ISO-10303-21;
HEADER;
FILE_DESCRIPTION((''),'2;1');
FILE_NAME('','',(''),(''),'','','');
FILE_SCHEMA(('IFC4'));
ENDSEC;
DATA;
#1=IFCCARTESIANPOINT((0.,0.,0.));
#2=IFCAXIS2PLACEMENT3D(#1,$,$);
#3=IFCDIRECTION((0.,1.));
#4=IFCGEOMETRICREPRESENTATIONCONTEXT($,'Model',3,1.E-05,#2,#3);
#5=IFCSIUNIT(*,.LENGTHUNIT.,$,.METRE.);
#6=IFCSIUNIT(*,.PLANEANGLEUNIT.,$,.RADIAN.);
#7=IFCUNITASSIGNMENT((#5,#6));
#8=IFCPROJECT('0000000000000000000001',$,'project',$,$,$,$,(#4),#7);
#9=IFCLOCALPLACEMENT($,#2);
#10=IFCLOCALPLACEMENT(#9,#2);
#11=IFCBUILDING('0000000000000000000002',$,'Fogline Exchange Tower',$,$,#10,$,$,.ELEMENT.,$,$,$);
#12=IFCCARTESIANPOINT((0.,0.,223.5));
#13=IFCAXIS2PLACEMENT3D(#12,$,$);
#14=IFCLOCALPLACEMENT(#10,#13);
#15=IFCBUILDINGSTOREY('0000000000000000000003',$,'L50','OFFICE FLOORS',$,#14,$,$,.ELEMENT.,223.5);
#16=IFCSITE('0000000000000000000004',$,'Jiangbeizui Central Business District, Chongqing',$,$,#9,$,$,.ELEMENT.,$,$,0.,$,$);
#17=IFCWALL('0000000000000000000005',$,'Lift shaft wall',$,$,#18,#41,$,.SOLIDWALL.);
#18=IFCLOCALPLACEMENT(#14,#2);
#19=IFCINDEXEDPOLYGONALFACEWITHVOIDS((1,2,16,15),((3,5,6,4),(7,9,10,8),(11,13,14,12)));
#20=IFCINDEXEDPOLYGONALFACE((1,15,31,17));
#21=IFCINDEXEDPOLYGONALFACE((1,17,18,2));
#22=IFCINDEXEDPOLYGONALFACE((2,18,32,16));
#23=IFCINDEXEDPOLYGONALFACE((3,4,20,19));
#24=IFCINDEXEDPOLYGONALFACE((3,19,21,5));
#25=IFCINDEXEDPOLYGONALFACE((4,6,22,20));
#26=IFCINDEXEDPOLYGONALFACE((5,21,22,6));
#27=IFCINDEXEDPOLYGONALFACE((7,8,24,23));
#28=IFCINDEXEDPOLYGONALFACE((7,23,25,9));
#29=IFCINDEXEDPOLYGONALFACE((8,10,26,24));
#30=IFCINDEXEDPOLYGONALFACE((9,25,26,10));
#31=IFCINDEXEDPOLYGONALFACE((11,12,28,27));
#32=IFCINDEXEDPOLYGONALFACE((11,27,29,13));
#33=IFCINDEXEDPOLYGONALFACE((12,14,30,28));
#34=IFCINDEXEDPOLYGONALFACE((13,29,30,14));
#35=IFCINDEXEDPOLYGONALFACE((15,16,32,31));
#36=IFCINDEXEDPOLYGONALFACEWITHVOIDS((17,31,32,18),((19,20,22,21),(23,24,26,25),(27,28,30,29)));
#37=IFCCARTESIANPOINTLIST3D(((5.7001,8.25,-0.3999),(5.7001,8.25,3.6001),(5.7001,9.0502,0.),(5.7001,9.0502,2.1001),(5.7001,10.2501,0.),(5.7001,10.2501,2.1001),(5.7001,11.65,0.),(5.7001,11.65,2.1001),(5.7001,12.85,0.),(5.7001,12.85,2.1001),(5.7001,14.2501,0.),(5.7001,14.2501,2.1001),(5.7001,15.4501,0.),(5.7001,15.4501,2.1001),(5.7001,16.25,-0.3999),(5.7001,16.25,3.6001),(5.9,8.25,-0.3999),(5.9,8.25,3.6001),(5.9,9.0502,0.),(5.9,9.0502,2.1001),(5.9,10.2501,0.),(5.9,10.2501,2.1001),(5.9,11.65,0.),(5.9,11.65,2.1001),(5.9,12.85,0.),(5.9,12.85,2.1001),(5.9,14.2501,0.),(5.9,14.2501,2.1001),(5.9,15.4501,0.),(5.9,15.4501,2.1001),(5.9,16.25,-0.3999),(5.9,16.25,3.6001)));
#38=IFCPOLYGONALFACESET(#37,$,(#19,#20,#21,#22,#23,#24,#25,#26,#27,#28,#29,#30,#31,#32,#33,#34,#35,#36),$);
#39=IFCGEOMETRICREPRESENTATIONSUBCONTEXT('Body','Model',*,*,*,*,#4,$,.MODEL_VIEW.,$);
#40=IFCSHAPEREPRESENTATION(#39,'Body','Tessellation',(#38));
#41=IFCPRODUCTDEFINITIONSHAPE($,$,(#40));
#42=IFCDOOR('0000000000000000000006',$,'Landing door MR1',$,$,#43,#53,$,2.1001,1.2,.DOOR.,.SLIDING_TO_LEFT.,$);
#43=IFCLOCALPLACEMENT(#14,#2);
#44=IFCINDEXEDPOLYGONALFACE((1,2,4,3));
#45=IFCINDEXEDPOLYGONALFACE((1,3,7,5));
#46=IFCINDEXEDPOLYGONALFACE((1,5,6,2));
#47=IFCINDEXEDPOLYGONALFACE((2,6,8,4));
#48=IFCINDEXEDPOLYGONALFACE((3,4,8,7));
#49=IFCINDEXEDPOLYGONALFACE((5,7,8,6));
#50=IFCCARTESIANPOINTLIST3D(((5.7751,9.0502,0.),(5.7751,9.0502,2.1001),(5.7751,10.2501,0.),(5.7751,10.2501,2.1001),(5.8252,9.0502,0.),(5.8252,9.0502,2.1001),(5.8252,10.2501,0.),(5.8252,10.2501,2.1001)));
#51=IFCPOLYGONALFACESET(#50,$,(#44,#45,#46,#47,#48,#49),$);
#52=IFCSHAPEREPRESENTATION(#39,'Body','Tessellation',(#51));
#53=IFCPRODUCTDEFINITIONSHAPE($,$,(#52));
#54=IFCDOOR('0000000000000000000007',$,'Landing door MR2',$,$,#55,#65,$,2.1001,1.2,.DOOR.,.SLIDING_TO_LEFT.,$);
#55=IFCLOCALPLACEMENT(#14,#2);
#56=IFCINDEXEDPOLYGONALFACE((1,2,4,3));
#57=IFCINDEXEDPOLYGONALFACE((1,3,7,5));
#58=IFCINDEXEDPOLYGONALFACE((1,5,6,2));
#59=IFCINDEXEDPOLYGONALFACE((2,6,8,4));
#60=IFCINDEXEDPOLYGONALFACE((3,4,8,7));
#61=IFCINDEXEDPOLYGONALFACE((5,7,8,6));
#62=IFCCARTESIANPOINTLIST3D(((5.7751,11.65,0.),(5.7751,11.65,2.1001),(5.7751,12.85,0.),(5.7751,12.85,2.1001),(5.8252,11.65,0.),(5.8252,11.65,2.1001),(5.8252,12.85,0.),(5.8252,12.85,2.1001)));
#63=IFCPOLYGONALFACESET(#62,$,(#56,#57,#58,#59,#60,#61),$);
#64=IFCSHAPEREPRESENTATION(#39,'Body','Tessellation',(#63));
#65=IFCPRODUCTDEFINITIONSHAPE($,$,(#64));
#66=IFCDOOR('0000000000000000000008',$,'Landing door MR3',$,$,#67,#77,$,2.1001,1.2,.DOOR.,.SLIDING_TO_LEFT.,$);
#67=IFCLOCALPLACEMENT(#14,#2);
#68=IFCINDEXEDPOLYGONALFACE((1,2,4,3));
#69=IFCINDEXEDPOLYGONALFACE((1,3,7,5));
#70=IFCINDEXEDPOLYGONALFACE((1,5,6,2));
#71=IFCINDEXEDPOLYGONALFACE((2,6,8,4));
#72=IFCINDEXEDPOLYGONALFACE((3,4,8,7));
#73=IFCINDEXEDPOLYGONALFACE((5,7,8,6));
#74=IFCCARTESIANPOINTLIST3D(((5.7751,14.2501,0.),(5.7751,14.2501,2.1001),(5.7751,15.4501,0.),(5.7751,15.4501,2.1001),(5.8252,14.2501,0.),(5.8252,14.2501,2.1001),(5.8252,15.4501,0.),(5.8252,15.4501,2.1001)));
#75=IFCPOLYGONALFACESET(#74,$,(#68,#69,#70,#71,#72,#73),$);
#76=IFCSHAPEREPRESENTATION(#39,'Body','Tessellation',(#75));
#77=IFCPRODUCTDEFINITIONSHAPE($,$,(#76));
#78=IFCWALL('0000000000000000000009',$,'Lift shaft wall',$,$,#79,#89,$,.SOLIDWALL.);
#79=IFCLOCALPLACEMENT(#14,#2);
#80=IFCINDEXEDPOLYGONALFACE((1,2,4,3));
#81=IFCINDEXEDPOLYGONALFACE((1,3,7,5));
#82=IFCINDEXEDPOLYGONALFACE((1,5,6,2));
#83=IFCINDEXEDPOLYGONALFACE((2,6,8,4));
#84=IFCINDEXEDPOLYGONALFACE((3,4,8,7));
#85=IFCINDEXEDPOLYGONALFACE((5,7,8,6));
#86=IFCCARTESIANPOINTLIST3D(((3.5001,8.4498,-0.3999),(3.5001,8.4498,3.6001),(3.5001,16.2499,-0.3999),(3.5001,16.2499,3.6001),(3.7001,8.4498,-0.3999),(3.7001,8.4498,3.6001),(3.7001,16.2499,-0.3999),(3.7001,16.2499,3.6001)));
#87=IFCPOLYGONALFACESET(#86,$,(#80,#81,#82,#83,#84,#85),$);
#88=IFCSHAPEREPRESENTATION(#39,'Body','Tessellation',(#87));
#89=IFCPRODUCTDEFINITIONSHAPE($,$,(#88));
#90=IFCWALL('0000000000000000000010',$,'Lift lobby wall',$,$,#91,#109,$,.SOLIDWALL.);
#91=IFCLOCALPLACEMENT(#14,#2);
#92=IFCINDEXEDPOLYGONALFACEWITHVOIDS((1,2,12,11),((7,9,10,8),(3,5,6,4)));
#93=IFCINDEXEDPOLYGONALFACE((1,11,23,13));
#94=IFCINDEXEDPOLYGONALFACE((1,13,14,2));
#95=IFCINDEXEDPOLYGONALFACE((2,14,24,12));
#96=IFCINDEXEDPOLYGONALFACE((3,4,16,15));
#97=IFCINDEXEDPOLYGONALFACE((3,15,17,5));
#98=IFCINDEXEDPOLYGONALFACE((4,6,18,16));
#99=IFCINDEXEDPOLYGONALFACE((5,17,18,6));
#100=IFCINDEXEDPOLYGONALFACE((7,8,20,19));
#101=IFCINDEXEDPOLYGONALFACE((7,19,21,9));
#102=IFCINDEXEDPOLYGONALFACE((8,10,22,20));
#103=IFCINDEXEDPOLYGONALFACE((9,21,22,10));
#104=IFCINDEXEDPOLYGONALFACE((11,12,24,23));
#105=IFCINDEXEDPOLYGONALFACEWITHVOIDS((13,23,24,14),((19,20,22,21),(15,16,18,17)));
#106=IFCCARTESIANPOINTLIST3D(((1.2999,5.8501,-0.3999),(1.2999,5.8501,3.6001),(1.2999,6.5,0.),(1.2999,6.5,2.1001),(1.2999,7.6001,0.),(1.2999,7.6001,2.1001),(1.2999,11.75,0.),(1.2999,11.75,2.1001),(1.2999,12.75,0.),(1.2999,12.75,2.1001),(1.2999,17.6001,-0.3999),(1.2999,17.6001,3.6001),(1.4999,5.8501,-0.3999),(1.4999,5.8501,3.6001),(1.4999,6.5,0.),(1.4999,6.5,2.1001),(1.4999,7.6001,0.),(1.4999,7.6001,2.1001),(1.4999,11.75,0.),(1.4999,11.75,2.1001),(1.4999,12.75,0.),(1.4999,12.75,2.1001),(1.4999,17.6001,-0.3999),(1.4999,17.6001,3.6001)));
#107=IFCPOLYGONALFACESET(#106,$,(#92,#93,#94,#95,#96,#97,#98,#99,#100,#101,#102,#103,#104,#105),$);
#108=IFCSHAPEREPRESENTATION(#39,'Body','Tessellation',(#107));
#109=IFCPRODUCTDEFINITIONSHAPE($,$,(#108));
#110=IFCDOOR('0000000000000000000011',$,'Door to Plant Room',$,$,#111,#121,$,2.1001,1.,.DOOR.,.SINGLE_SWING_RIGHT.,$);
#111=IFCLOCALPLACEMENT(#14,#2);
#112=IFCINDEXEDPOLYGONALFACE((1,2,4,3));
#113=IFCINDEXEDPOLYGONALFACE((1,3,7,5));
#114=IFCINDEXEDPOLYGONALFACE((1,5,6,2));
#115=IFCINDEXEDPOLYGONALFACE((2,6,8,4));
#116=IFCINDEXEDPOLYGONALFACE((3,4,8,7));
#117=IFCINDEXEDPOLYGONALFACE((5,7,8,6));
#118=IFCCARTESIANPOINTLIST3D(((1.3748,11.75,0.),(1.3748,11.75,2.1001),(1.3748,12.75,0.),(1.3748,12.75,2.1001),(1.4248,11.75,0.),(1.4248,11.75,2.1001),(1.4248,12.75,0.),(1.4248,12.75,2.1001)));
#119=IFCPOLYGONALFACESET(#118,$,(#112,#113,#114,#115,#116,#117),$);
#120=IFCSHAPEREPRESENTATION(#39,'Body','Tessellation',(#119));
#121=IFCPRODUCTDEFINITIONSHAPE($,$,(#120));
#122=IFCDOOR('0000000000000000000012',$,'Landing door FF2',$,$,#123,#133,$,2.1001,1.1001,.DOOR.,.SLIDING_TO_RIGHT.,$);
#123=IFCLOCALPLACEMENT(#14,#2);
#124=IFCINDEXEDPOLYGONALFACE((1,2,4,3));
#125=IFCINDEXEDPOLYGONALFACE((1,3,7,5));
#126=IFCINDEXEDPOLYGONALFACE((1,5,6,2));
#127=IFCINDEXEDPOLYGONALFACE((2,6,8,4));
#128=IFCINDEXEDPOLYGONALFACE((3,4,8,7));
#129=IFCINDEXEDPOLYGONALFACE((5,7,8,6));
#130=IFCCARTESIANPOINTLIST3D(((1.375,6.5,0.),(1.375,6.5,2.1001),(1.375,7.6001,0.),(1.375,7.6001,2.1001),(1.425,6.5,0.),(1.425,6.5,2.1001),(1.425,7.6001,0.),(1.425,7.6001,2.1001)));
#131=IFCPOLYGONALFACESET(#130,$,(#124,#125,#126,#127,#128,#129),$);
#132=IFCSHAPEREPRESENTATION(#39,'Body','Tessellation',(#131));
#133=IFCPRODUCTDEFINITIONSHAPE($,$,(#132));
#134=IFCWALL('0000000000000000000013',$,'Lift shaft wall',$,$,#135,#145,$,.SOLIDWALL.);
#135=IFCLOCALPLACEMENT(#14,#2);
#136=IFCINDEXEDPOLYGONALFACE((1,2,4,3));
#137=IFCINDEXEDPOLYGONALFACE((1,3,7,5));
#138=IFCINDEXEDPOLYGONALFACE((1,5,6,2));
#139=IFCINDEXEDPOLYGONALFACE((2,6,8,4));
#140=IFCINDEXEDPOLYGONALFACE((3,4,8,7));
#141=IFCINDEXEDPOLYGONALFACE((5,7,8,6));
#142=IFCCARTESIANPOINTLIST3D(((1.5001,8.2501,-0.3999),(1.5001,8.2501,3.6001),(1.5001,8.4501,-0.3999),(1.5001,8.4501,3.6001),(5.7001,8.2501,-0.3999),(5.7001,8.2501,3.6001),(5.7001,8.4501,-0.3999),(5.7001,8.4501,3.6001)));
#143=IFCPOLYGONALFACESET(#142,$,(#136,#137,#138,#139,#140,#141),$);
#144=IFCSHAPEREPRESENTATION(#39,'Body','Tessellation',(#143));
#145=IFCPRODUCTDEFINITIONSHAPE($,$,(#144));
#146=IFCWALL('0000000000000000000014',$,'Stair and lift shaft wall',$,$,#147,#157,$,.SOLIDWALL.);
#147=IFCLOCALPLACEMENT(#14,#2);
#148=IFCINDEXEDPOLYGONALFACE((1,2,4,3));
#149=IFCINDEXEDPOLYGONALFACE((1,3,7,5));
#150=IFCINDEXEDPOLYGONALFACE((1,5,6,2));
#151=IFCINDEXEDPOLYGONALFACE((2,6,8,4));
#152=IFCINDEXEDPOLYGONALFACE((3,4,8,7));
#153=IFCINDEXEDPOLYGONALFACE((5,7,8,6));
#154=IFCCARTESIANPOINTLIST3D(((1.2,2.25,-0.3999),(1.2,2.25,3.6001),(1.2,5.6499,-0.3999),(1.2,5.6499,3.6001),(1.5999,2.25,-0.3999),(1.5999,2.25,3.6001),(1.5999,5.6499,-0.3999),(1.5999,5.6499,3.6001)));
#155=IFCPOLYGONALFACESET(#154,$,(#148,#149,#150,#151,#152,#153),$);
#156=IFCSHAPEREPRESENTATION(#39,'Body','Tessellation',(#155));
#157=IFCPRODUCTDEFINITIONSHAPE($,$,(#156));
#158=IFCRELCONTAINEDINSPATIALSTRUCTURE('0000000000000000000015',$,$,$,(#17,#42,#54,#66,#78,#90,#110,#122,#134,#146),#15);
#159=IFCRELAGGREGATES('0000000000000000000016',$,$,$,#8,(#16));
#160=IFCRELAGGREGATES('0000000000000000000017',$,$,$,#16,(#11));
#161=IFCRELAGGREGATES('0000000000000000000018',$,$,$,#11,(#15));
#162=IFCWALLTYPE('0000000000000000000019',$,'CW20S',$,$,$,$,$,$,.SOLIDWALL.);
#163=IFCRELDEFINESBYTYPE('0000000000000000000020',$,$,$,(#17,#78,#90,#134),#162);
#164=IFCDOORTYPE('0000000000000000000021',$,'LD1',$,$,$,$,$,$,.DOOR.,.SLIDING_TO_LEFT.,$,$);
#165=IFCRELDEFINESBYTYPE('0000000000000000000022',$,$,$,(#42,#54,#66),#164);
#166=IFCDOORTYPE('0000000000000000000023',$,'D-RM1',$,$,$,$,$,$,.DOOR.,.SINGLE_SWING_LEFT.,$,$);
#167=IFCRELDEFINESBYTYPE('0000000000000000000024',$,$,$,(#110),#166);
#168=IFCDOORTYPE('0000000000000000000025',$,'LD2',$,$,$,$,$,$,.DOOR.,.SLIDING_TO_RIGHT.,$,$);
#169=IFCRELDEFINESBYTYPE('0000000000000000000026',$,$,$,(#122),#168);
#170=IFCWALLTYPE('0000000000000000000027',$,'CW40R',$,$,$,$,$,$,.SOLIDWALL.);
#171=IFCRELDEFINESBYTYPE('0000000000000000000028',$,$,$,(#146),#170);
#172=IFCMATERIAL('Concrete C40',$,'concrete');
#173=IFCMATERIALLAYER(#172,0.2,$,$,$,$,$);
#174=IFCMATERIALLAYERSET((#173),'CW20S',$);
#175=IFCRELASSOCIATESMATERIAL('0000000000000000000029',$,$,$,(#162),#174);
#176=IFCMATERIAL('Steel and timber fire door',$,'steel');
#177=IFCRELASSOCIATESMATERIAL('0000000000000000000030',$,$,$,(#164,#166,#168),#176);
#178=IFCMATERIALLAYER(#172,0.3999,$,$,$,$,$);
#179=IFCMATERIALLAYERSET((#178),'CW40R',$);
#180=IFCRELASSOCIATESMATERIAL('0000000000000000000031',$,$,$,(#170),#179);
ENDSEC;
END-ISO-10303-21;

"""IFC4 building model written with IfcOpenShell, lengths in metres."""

from ifc_helpers import new_model, si_unit, direction, frame, frame_2d, origin, place, context, subcontext, project, spatial, rectangle, extrude, material, layer, layer_set, type_object, element, fill, save


model = new_model("IFC4")

# Units and contexts
model_context = context("Model", 3, precision=1e-05, world=origin(), true_north=direction((0.0, 1.0)))
body_context = subcontext(model_context, "Body", "Model", "MODEL_VIEW")
ifc_project = project(units=[si_unit("LENGTHUNIT", "METRE"), si_unit("PLANEANGLEUNIT", "RADIAN")], contexts=[model_context])

# Site, building, storey
site_placement = place(None, origin())
site = spatial("IfcSite", under=ifc_project, at=site_placement, Name="Jiangbeizui Central Business District, Chongqing", CompositionType="ELEMENT", RefElevation=0.0)
building_placement = place(site_placement, origin())
building = spatial("IfcBuilding", under=site, at=building_placement, Name="Fogline Exchange Tower", CompositionType="ELEMENT")
storey_placement = place(building_placement, frame((0.0, 0.0, 223.5)))
storey = spatial("IfcBuildingStorey", under=building, at=storey_placement, Name="L50", Description="OFFICE FLOORS", CompositionType="ELEMENT", Elevation=223.5)

# Shared definitions
ifc_material_1 = material(Name="Concrete C40", Category="concrete")

# Shared definitions
ifc_material_2 = material(Name="Steel and timber fire door", Category="steel")

# Wall, openings, doors
ifc_layer_1 = layer(ifc_material_1, 0.2)
ifc_layer_set_1 = layer_set([ifc_layer_1], Name="CW20S")
wall_type_1 = type_object("IfcWallType", Name="CW20S", PredefinedType="SOLIDWALL", material=ifc_layer_set_1)
wall_1_placement = place(storey_placement, frame((5.8, 8.25, -0.3999), z_axis=(0.0, 0.0, 1.0), x_axis=(0.0, 1.0, 0.0)))
wall_1 = element("IfcWall", 1, at=wall_1_placement, inside=storey, type_object=wall_type_1, Name="Lift shaft wall", PredefinedType="SOLIDWALL", context=body_context, shape_type="SweptSolid", body=[
    extrude(rectangle(XDim=8.0, YDim=0.2, at=frame_2d((4.0, 0.0))), origin(), (0.0, 0.0, 1.0), 4.0),
])
opening_1_placement = place(wall_1_placement, frame((0.8, 0.0, 0.3999)))
opening_1 = element("IfcOpeningElement", 2, at=opening_1_placement, cuts=wall_1, PredefinedType="OPENING", context=body_context, shape_type="SweptSolid", body=[
    extrude(rectangle(XDim=1.2, YDim=2.1001, at=frame_2d((0.6001, 1.05))), frame((0.0, 0.1099, 0.0), z_axis=(0.0, -1.0, 0.0), x_axis=(1.0, 0.0, 0.0)), (0.0, 0.0, 1.0), 0.22),
])
opening_2_placement = place(wall_1_placement, frame((3.3999, 0.0, 0.3999)))
opening_2 = element("IfcOpeningElement", 3, at=opening_2_placement, cuts=wall_1, PredefinedType="OPENING", context=body_context, shape_type="SweptSolid", body=[
    extrude(rectangle(XDim=1.2, YDim=2.1001, at=frame_2d((0.6001, 1.05))), frame((0.0, 0.1099, 0.0), z_axis=(0.0, -1.0, 0.0), x_axis=(1.0, 0.0, 0.0)), (0.0, 0.0, 1.0), 0.22),
])
opening_3_placement = place(wall_1_placement, frame((6.0, 0.0, 0.3999)))
opening_3 = element("IfcOpeningElement", 4, at=opening_3_placement, cuts=wall_1, PredefinedType="OPENING", context=body_context, shape_type="SweptSolid", body=[
    extrude(rectangle(XDim=1.2, YDim=2.1001, at=frame_2d((0.6001, 1.05))), frame((0.0, 0.1099, 0.0), z_axis=(0.0, -1.0, 0.0), x_axis=(1.0, 0.0, 0.0)), (0.0, 0.0, 1.0), 0.22),
])
door_type_1 = type_object("IfcDoorType", Name="LD1", OperationType="SLIDING_TO_LEFT", PredefinedType="DOOR", material=ifc_material_2)
door_1_placement = place(opening_1_placement, origin())
door_1 = element("IfcDoor", 5, at=door_1_placement, inside=storey, type_object=door_type_1, Name="Landing door MR1", OperationType="SLIDING_TO_LEFT", OverallHeight=2.1001, OverallWidth=1.2, PredefinedType="DOOR", context=body_context, shape_type="SweptSolid", body=[
    extrude(rectangle(XDim=1.2, YDim=2.1001, at=frame_2d((0.6001, 1.05))), frame((0.0, 0.0249, 0.0), z_axis=(0.0, -1.0, 0.0), x_axis=(1.0, 0.0, 0.0)), (0.0, 0.0, 1.0), 0.05),
])
fill(opening_1, door_1)
door_2_placement = place(opening_2_placement, origin())
door_2 = element("IfcDoor", 6, at=door_2_placement, inside=storey, type_object=door_type_1, Name="Landing door MR2", OperationType="SLIDING_TO_LEFT", OverallHeight=2.1001, OverallWidth=1.2, PredefinedType="DOOR", context=body_context, shape_type="SweptSolid", body=[
    extrude(rectangle(XDim=1.2, YDim=2.1001, at=frame_2d((0.6001, 1.05))), frame((0.0, 0.0249, 0.0), z_axis=(0.0, -1.0, 0.0), x_axis=(1.0, 0.0, 0.0)), (0.0, 0.0, 1.0), 0.05),
])
fill(opening_2, door_2)
door_3_placement = place(opening_3_placement, origin())
door_3 = element("IfcDoor", 7, at=door_3_placement, inside=storey, type_object=door_type_1, Name="Landing door MR3", OperationType="SLIDING_TO_LEFT", OverallHeight=2.1001, OverallWidth=1.2, PredefinedType="DOOR", context=body_context, shape_type="SweptSolid", body=[
    extrude(rectangle(XDim=1.2, YDim=2.1001, at=frame_2d((0.6001, 1.05))), frame((0.0, 0.0249, 0.0), z_axis=(0.0, -1.0, 0.0), x_axis=(1.0, 0.0, 0.0)), (0.0, 0.0, 1.0), 0.05),
])
fill(opening_3, door_3)

# Wall
wall_2_placement = place(storey_placement, frame((3.6001, 8.45, -0.3999), z_axis=(0.0, 0.0, 1.0), x_axis=(0.0, 1.0, 0.0)))
element("IfcWall", 8, at=wall_2_placement, inside=storey, type_object=wall_type_1, Name="Lift shaft wall", PredefinedType="SOLIDWALL", context=body_context, shape_type="SweptSolid", body=[
    extrude(rectangle(XDim=7.8, YDim=0.2, at=frame_2d((3.8999, 0.0))), origin(), (0.0, 0.0, 1.0), 4.0),
])

# Wall, openings, doors
wall_3_placement = place(storey_placement, frame((1.3999, 5.8501, -0.3999), z_axis=(0.0, 0.0, 1.0), x_axis=(0.0, 1.0, 0.0)))
wall_3 = element("IfcWall", 9, at=wall_3_placement, inside=storey, type_object=wall_type_1, Name="Lift lobby wall", PredefinedType="SOLIDWALL", context=body_context, shape_type="SweptSolid", body=[
    extrude(rectangle(XDim=11.75, YDim=0.2, at=frame_2d((5.875, 0.0))), origin(), (0.0, 0.0, 1.0), 4.0),
])
opening_4_placement = place(wall_3_placement, frame((0.6499, 0.0, 0.3999)))
opening_4 = element("IfcOpeningElement", 10, at=opening_4_placement, cuts=wall_3, PredefinedType="OPENING", context=body_context, shape_type="SweptSolid", body=[
    extrude(rectangle(XDim=1.1001, YDim=2.1001, at=frame_2d((0.55, 1.05))), frame((0.0, 0.1099, 0.0), z_axis=(0.0, -1.0, 0.0), x_axis=(1.0, 0.0, 0.0)), (0.0, 0.0, 1.0), 0.22),
])
opening_5_placement = place(wall_3_placement, frame((5.8999, 0.0, 0.3999)))
opening_5 = element("IfcOpeningElement", 11, at=opening_5_placement, cuts=wall_3, PredefinedType="OPENING", context=body_context, shape_type="SweptSolid", body=[
    extrude(rectangle(XDim=1.0, YDim=2.1001, at=frame_2d((0.5, 1.05))), frame((0.0, 0.1099, 0.0), z_axis=(0.0, -1.0, 0.0), x_axis=(1.0, 0.0, 0.0)), (0.0, 0.0, 1.0), 0.22),
])
door_type_2 = type_object("IfcDoorType", Name="D-RM1", OperationType="SINGLE_SWING_LEFT", PredefinedType="DOOR", material=ifc_material_2)
door_4_placement = place(opening_5_placement, frame((1.0, 0.0, 0.0), z_axis=(0.0, 0.0, 1.0), x_axis=(-1.0, 0.0, 0.0)))
door_4 = element("IfcDoor", 12, at=door_4_placement, inside=storey, type_object=door_type_2, Name="Door to Plant Room", OperationType="SINGLE_SWING_RIGHT", OverallHeight=2.1001, OverallWidth=1.0, PredefinedType="DOOR", context=body_context, shape_type="SweptSolid", body=[
    extrude(rectangle(XDim=1.0, YDim=2.1001, at=frame_2d((0.5, 1.05))), frame((0.0, 0.0249, 0.0), z_axis=(0.0, -1.0, 0.0), x_axis=(1.0, 0.0, 0.0)), (0.0, 0.0, 1.0), 0.05),
])
fill(opening_5, door_4)
door_type_3 = type_object("IfcDoorType", Name="LD2", OperationType="SLIDING_TO_RIGHT", PredefinedType="DOOR", material=ifc_material_2)
door_5_placement = place(opening_4_placement, origin())
door_5 = element("IfcDoor", 13, at=door_5_placement, inside=storey, type_object=door_type_3, Name="Landing door FF2", OperationType="SLIDING_TO_RIGHT", OverallHeight=2.1001, OverallWidth=1.1001, PredefinedType="DOOR", context=body_context, shape_type="SweptSolid", body=[
    extrude(rectangle(XDim=1.1001, YDim=2.1001, at=frame_2d((0.55, 1.05))), frame((0.0, 0.0249, 0.0), z_axis=(0.0, -1.0, 0.0), x_axis=(1.0, 0.0, 0.0)), (0.0, 0.0, 1.0), 0.05),
])
fill(opening_4, door_5)

# Walls
wall_4_placement = place(storey_placement, frame((1.5, 8.3501, -0.3999), z_axis=(0.0, 0.0, 1.0), x_axis=(1.0, 0.0, 0.0)))
element("IfcWall", 14, at=wall_4_placement, inside=storey, type_object=wall_type_1, Name="Lift shaft wall", PredefinedType="SOLIDWALL", context=body_context, shape_type="SweptSolid", body=[
    extrude(rectangle(XDim=4.2, YDim=0.2, at=frame_2d((2.1001, 0.0))), origin(), (0.0, 0.0, 1.0), 4.0),
])
ifc_layer_2 = layer(ifc_material_1, 0.3999)
ifc_layer_set_2 = layer_set([ifc_layer_2], Name="CW40R")
wall_type_2 = type_object("IfcWallType", Name="CW40R", PredefinedType="SOLIDWALL", material=ifc_layer_set_2)
wall_5_placement = place(storey_placement, frame((1.3999, 2.25, -0.3999), z_axis=(0.0, 0.0, 1.0), x_axis=(0.0, 1.0, 0.0)))
element("IfcWall", 15, at=wall_5_placement, inside=storey, type_object=wall_type_2, Name="Stair and lift shaft wall", PredefinedType="SOLIDWALL", context=body_context, shape_type="SweptSolid", body=[
    extrude(rectangle(XDim=3.3999, YDim=0.3999, at=frame_2d((1.7, 0.0))), origin(), (0.0, 0.0, 1.0), 4.0),
])

save(model, "model.ifc")
